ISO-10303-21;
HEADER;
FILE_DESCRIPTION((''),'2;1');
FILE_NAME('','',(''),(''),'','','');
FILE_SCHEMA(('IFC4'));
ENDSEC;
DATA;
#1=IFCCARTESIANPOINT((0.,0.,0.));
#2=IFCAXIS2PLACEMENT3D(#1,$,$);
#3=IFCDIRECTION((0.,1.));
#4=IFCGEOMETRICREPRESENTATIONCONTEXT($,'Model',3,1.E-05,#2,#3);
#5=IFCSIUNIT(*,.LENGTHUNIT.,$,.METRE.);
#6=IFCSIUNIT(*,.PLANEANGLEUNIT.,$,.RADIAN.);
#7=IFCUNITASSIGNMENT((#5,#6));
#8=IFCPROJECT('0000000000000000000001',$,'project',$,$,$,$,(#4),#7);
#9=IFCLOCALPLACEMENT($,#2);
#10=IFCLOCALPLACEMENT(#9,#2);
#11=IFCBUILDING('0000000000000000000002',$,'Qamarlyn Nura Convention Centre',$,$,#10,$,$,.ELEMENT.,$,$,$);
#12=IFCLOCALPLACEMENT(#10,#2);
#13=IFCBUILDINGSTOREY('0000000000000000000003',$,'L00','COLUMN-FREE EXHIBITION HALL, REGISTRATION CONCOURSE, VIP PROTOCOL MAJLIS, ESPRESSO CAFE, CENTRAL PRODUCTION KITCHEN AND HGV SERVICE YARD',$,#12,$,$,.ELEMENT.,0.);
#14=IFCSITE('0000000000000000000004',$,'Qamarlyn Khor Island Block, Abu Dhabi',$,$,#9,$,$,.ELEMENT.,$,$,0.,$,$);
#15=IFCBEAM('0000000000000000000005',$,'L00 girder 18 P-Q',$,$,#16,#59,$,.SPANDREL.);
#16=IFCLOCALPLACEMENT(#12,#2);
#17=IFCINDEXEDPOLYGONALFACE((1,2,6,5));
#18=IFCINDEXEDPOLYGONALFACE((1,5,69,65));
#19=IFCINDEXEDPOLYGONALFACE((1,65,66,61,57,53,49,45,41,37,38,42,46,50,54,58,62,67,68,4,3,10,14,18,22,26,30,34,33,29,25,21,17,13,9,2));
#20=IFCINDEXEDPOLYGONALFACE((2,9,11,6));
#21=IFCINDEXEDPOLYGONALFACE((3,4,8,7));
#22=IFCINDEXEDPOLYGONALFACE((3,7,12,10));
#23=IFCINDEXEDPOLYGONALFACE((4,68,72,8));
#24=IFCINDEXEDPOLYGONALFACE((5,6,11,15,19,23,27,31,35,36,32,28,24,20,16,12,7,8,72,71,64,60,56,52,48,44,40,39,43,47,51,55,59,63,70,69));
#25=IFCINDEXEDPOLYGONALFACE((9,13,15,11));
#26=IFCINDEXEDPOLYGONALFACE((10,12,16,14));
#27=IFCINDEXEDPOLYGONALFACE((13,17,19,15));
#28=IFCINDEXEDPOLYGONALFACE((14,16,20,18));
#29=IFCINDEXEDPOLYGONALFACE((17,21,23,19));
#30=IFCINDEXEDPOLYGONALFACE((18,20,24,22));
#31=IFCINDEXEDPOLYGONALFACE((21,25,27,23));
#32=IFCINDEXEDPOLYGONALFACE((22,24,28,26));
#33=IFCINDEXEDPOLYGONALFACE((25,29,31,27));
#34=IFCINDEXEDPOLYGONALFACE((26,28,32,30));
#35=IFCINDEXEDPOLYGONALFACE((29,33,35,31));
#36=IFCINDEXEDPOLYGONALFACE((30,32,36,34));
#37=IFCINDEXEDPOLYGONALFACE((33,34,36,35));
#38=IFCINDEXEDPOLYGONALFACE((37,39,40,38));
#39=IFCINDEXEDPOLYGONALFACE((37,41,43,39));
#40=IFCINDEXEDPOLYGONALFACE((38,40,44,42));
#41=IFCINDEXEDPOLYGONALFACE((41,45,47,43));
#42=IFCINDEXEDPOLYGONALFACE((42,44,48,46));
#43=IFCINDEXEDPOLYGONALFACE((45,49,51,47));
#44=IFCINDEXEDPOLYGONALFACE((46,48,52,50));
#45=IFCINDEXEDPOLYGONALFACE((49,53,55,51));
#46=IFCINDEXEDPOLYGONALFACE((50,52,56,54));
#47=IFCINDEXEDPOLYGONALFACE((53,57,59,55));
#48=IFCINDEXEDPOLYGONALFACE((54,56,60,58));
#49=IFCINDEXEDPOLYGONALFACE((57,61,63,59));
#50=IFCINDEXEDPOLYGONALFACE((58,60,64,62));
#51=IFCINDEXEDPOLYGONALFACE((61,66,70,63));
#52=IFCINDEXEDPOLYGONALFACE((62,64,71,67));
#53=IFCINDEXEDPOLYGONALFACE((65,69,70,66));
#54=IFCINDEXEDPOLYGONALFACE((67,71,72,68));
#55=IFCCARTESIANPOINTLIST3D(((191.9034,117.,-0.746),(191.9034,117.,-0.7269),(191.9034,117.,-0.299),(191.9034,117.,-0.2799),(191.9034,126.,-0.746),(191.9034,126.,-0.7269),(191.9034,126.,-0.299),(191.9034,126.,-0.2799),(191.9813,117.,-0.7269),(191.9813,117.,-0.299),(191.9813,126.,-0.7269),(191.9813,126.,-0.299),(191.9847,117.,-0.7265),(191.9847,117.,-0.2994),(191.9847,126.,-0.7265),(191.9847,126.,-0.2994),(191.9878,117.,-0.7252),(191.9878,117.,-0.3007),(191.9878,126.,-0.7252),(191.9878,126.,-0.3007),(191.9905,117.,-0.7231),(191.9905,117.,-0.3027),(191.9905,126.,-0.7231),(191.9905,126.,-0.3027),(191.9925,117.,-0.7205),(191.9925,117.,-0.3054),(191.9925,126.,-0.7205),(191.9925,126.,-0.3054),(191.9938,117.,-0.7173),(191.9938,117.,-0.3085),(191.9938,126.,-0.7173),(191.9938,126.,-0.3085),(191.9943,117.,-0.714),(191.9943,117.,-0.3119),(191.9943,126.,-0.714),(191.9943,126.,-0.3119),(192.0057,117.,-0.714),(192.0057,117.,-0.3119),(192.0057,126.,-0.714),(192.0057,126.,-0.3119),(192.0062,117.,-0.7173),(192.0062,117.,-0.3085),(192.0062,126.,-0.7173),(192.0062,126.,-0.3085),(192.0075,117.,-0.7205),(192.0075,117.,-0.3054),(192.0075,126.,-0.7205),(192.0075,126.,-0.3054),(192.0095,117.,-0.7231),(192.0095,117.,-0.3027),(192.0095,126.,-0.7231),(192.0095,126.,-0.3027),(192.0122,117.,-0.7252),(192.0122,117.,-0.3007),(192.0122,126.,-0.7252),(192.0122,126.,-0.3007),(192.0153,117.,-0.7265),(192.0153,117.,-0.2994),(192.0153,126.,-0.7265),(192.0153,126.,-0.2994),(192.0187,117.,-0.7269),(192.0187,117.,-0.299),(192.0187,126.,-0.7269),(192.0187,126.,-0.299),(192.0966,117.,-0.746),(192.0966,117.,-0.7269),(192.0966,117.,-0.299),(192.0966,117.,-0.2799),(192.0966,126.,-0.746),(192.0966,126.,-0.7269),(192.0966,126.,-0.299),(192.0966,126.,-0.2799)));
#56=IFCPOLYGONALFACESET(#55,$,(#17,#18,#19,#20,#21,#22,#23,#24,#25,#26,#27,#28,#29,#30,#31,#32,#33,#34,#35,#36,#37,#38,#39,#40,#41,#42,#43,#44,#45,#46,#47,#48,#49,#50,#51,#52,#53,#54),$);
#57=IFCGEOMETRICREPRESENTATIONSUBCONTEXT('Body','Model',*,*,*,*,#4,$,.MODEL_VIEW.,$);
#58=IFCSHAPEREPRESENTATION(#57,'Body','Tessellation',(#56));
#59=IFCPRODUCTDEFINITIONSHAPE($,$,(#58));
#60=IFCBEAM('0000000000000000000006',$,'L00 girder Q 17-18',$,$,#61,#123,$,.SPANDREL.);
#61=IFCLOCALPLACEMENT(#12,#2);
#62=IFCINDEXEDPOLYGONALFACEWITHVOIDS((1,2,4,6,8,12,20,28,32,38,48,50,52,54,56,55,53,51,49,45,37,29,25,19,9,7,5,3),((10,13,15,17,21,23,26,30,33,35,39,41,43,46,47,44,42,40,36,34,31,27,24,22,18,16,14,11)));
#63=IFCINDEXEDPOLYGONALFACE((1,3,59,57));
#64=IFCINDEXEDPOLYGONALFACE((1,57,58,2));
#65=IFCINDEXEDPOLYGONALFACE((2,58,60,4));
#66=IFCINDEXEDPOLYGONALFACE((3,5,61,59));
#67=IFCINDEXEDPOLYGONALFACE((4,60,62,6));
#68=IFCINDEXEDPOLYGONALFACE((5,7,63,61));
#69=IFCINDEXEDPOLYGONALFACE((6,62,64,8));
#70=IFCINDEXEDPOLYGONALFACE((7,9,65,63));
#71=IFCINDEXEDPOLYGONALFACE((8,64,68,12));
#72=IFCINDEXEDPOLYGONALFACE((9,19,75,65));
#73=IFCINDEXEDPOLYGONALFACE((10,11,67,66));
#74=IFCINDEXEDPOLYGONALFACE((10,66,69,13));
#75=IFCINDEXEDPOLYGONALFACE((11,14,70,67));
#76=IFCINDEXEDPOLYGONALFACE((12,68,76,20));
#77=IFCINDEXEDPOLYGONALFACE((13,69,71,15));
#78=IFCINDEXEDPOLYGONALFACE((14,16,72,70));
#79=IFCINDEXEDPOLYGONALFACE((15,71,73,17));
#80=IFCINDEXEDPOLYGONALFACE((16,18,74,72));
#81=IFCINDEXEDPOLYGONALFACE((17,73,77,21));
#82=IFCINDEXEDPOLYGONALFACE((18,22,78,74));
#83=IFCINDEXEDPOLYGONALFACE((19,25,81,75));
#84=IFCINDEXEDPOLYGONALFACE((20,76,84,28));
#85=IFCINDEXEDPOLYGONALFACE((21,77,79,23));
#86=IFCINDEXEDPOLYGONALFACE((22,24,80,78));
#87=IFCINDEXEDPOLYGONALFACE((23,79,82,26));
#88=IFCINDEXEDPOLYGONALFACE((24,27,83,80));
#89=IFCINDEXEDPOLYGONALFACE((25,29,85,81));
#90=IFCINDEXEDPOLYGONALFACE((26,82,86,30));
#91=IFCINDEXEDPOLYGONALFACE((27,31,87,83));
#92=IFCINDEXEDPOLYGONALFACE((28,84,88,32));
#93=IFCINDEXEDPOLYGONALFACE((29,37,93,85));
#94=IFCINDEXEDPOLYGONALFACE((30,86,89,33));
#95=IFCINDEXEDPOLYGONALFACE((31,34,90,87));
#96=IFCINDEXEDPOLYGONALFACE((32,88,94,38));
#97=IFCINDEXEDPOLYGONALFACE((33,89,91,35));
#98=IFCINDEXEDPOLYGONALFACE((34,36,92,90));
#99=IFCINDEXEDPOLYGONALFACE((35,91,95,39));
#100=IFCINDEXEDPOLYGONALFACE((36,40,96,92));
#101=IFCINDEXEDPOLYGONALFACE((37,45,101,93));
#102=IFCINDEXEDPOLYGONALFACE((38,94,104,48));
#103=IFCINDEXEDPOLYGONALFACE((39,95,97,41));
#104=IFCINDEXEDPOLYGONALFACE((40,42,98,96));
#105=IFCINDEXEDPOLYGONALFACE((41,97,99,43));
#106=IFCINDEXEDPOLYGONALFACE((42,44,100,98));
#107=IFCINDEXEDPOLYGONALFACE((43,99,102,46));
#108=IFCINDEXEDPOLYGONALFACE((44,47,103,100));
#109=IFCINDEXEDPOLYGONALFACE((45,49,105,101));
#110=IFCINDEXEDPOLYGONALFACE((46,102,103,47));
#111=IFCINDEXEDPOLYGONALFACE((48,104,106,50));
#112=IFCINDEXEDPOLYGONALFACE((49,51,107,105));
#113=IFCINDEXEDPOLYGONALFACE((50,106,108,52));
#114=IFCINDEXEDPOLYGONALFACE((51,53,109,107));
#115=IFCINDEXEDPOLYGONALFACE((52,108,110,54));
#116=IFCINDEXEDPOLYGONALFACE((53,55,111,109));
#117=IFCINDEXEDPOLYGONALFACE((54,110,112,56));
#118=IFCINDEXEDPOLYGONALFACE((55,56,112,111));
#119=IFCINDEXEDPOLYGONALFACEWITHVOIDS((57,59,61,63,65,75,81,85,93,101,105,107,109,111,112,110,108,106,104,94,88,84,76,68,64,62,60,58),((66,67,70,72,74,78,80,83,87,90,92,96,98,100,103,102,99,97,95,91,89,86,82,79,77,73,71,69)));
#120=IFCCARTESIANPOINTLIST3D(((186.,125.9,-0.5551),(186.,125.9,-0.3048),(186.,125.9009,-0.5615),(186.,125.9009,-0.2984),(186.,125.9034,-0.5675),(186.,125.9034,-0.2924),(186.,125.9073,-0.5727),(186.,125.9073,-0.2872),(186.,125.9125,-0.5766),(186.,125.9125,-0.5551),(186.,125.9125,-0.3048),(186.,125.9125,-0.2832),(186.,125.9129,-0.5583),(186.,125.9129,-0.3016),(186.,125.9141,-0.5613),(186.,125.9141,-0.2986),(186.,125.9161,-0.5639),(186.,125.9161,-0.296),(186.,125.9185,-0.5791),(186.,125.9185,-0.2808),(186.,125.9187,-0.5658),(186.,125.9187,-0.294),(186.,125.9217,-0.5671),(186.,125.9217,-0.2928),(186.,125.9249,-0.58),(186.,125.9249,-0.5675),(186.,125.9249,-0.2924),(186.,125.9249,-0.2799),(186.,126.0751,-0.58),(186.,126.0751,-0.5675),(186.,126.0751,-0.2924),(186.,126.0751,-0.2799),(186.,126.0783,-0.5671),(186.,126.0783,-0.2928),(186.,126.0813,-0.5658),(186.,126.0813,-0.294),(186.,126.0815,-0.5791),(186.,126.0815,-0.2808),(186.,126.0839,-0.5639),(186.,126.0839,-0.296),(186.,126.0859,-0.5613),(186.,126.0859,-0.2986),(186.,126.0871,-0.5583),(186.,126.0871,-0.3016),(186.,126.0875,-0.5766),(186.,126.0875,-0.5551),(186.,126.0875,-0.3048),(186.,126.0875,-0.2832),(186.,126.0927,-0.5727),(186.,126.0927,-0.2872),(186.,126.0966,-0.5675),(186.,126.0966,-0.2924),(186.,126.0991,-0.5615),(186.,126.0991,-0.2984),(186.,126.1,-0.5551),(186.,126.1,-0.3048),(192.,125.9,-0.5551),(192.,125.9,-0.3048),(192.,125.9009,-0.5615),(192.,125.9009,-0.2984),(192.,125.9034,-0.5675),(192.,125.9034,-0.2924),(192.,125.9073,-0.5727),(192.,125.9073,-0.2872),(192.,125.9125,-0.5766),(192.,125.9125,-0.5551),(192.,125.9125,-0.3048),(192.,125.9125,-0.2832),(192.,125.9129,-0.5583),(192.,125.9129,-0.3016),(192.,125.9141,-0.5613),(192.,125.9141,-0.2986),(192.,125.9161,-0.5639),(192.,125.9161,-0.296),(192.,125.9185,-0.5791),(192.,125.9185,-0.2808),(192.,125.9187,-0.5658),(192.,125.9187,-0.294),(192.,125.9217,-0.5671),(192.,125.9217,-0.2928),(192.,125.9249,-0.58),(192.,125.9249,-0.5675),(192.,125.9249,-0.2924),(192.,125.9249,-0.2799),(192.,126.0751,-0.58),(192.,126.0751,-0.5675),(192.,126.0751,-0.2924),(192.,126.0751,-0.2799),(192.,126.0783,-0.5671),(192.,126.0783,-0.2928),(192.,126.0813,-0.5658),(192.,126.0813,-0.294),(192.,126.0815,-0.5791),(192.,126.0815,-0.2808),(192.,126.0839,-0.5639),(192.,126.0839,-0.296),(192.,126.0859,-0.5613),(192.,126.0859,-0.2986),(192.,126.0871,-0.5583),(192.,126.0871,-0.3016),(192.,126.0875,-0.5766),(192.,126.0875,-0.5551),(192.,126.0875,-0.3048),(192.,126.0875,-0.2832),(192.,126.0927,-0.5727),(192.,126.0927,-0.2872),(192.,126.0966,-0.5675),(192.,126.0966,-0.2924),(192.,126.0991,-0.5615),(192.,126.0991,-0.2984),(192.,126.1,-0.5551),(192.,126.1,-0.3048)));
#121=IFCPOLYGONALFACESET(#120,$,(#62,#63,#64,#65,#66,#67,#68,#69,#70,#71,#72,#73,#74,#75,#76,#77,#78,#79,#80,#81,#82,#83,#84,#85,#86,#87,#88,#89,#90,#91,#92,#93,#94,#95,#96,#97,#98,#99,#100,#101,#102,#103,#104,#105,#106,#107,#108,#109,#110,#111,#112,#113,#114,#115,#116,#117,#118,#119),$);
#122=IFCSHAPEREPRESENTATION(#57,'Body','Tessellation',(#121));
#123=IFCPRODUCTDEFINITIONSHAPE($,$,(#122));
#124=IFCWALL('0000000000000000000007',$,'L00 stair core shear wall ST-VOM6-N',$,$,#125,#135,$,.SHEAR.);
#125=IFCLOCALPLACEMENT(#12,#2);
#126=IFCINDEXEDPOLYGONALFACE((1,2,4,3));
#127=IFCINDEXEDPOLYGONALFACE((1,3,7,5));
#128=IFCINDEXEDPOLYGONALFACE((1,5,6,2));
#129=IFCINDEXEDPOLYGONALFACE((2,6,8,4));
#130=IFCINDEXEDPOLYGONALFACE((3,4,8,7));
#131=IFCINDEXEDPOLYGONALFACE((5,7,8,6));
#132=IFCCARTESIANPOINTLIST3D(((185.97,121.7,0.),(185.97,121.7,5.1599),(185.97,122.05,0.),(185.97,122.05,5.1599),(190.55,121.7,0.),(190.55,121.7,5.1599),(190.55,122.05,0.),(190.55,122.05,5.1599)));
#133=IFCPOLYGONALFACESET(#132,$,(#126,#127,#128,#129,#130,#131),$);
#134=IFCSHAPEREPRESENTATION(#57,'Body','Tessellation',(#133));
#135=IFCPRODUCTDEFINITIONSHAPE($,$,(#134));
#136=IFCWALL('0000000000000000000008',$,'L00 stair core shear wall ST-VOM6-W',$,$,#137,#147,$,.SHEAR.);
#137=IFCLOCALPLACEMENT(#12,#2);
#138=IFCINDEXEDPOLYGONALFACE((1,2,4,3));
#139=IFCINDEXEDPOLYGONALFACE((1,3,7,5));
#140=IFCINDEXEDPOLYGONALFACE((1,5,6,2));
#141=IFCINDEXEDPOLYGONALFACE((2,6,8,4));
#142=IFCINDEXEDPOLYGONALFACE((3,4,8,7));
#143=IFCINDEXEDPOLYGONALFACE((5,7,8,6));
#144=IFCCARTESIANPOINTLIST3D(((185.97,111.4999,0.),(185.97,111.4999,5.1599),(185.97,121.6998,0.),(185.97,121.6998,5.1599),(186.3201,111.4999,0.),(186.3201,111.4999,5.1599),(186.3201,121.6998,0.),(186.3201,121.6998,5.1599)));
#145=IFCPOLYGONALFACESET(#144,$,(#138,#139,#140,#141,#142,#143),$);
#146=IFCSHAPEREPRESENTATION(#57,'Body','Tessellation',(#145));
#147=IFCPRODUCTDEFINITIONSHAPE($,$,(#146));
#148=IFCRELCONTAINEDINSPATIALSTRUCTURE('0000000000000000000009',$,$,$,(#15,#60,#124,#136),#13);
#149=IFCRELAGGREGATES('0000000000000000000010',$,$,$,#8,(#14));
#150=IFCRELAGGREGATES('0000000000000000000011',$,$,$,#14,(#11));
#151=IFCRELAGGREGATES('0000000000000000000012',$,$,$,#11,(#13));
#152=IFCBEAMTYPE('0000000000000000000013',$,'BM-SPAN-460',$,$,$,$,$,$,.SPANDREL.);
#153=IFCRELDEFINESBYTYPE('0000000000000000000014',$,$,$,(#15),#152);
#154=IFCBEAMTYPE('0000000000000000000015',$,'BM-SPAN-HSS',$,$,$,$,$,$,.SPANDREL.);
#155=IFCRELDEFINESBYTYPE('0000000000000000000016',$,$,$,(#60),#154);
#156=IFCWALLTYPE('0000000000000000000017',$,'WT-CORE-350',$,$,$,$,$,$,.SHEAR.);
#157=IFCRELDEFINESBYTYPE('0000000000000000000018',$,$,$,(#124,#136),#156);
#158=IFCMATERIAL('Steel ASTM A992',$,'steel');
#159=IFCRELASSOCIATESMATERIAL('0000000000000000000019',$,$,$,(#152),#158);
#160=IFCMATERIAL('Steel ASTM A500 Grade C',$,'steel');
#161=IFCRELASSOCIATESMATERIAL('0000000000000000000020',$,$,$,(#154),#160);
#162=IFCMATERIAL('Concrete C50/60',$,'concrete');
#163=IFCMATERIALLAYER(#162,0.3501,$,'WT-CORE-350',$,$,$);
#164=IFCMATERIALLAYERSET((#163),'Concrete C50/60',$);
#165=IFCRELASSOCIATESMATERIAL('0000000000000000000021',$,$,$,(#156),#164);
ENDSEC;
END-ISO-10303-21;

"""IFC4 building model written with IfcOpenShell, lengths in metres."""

from ifc_helpers import new_model, si_unit, direction, frame, frame_2d, origin, origin_2d, place, context, subcontext, project, spatial, rectangle, hollow_rectangle, i_section, extrude, material, layer, layer_set, material_profile, profile_set, type_object, element, save


model = new_model("IFC4")

# Units and contexts
model_context = context("Model", 3, precision=1e-05, world=origin(), true_north=direction((0.0, 1.0)))
body_context = subcontext(model_context, "Body", "Model", "MODEL_VIEW")
ifc_project = project(units=[si_unit("LENGTHUNIT", "METRE"), si_unit("PLANEANGLEUNIT", "RADIAN")], contexts=[model_context])

# Site, building, storey
site_placement = place(None, origin())
site = spatial("IfcSite", under=ifc_project, at=site_placement, Name="Qamarlyn Khor Island Block, Abu Dhabi", CompositionType="ELEMENT", RefElevation=0.0)
building_placement = place(site_placement, origin())
building = spatial("IfcBuilding", under=site, at=building_placement, Name="Qamarlyn Nura Convention Centre", CompositionType="ELEMENT")
storey_placement = place(building_placement, origin())
storey = spatial("IfcBuildingStorey", under=building, at=storey_placement, Name="L00", Description="COLUMN-FREE EXHIBITION HALL, REGISTRATION CONCOURSE, VIP PROTOCOL MAJLIS, ESPRESSO CAFE, CENTRAL PRODUCTION KITCHEN AND HGV SERVICE YARD", CompositionType="ELEMENT", Elevation=0.0)

# Shared definitions
ifc_material_1 = material(Name="Steel ASTM A500 Grade C", Category="steel")
ifc_material_2 = material(Name="Steel ASTM A992", Category="steel")

# Beams
ifc_material_profile_1 = material_profile(ifc_material_2, i_section(OverallWidth=0.1931, OverallDepth=0.4661, WebThickness=0.0115, FlangeThickness=0.019, FilletRadius=0.0129, at=origin_2d()), Name="W460X97")
ifc_profile_set_1 = profile_set([ifc_material_profile_1], Name="Steel ASTM A992")
beam_type_1 = type_object("IfcBeamType", Name="BM-SPAN-460", PredefinedType="SPANDREL", material=ifc_profile_set_1)
beam_1_placement = place(storey_placement, frame((192.0, 117.0, -0.5129), z_axis=(0.0, 1.0, 0.0), x_axis=(-1.0, 0.0, 0.0)))
element("IfcBeam", 1, at=beam_1_placement, inside=storey, type_object=beam_type_1, Name="L00 girder 18 P-Q", PredefinedType="SPANDREL", context=body_context, shape_type="SweptSolid", body=[
    extrude(i_section(OverallWidth=0.1931, OverallDepth=0.4661, WebThickness=0.0115, FlangeThickness=0.019, FilletRadius=0.0129, at=origin_2d()), origin(), (0.0, 0.0, 1.0), 9.0),
])
ifc_material_profile_2 = material_profile(ifc_material_1, hollow_rectangle(XDim=0.2, YDim=0.3, WallThickness=0.0125, InnerFilletRadius=0.0125, OuterFilletRadius=0.0249, at=origin_2d()), Name="HSS300X200X12.5")
ifc_profile_set_2 = profile_set([ifc_material_profile_2], Name="Steel ASTM A500 Grade C")
beam_type_2 = type_object("IfcBeamType", Name="BM-SPAN-HSS", PredefinedType="SPANDREL", material=ifc_profile_set_2)
beam_2_placement = place(storey_placement, frame((186.0, 126.0, -0.4299), z_axis=(1.0, 0.0, 0.0), x_axis=(0.0, 1.0, 0.0)))
element("IfcBeam", 2, at=beam_2_placement, inside=storey, type_object=beam_type_2, Name="L00 girder Q 17-18", PredefinedType="SPANDREL", context=body_context, shape_type="SweptSolid", body=[
    extrude(hollow_rectangle(XDim=0.2, YDim=0.3, WallThickness=0.0125, InnerFilletRadius=0.0125, OuterFilletRadius=0.0249, at=origin_2d()), origin(), (0.0, 0.0, 1.0), 6.0),
])

# Walls
ifc_material_3 = material(Name="Concrete C50/60", Category="concrete")
ifc_layer_1 = layer(ifc_material_3, 0.3501, Name="WT-CORE-350")
ifc_layer_set_1 = layer_set([ifc_layer_1], Name="Concrete C50/60")
wall_type_1 = type_object("IfcWallType", Name="WT-CORE-350", PredefinedType="SHEAR", material=ifc_layer_set_1)
wall_1_placement = place(storey_placement, frame((190.55, 121.875, 0.0), z_axis=(0.0, 0.0, 1.0), x_axis=(-1.0, 0.0, 0.0)))
element("IfcWall", 3, at=wall_1_placement, inside=storey, type_object=wall_type_1, Name="L00 stair core shear wall ST-VOM6-N", PredefinedType="SHEAR", context=body_context, shape_type="SweptSolid", body=[
    extrude(rectangle(XDim=4.5801, YDim=0.3501, at=frame_2d((2.29, 0.0))), origin(), (0.0, 0.0, 1.0), 5.1599),
])
wall_2_placement = place(storey_placement, frame((186.145, 121.7, 0.0), z_axis=(0.0, 0.0, 1.0), x_axis=(0.0, -1.0, 0.0)))
element("IfcWall", 4, at=wall_2_placement, inside=storey, type_object=wall_type_1, Name="L00 stair core shear wall ST-VOM6-W", PredefinedType="SHEAR", context=body_context, shape_type="SweptSolid", body=[
    extrude(rectangle(XDim=10.2, YDim=0.3501, at=frame_2d((5.1001, 0.0))), origin(), (0.0, 0.0, 1.0), 5.1599),
])

save(model, "model.ifc")
